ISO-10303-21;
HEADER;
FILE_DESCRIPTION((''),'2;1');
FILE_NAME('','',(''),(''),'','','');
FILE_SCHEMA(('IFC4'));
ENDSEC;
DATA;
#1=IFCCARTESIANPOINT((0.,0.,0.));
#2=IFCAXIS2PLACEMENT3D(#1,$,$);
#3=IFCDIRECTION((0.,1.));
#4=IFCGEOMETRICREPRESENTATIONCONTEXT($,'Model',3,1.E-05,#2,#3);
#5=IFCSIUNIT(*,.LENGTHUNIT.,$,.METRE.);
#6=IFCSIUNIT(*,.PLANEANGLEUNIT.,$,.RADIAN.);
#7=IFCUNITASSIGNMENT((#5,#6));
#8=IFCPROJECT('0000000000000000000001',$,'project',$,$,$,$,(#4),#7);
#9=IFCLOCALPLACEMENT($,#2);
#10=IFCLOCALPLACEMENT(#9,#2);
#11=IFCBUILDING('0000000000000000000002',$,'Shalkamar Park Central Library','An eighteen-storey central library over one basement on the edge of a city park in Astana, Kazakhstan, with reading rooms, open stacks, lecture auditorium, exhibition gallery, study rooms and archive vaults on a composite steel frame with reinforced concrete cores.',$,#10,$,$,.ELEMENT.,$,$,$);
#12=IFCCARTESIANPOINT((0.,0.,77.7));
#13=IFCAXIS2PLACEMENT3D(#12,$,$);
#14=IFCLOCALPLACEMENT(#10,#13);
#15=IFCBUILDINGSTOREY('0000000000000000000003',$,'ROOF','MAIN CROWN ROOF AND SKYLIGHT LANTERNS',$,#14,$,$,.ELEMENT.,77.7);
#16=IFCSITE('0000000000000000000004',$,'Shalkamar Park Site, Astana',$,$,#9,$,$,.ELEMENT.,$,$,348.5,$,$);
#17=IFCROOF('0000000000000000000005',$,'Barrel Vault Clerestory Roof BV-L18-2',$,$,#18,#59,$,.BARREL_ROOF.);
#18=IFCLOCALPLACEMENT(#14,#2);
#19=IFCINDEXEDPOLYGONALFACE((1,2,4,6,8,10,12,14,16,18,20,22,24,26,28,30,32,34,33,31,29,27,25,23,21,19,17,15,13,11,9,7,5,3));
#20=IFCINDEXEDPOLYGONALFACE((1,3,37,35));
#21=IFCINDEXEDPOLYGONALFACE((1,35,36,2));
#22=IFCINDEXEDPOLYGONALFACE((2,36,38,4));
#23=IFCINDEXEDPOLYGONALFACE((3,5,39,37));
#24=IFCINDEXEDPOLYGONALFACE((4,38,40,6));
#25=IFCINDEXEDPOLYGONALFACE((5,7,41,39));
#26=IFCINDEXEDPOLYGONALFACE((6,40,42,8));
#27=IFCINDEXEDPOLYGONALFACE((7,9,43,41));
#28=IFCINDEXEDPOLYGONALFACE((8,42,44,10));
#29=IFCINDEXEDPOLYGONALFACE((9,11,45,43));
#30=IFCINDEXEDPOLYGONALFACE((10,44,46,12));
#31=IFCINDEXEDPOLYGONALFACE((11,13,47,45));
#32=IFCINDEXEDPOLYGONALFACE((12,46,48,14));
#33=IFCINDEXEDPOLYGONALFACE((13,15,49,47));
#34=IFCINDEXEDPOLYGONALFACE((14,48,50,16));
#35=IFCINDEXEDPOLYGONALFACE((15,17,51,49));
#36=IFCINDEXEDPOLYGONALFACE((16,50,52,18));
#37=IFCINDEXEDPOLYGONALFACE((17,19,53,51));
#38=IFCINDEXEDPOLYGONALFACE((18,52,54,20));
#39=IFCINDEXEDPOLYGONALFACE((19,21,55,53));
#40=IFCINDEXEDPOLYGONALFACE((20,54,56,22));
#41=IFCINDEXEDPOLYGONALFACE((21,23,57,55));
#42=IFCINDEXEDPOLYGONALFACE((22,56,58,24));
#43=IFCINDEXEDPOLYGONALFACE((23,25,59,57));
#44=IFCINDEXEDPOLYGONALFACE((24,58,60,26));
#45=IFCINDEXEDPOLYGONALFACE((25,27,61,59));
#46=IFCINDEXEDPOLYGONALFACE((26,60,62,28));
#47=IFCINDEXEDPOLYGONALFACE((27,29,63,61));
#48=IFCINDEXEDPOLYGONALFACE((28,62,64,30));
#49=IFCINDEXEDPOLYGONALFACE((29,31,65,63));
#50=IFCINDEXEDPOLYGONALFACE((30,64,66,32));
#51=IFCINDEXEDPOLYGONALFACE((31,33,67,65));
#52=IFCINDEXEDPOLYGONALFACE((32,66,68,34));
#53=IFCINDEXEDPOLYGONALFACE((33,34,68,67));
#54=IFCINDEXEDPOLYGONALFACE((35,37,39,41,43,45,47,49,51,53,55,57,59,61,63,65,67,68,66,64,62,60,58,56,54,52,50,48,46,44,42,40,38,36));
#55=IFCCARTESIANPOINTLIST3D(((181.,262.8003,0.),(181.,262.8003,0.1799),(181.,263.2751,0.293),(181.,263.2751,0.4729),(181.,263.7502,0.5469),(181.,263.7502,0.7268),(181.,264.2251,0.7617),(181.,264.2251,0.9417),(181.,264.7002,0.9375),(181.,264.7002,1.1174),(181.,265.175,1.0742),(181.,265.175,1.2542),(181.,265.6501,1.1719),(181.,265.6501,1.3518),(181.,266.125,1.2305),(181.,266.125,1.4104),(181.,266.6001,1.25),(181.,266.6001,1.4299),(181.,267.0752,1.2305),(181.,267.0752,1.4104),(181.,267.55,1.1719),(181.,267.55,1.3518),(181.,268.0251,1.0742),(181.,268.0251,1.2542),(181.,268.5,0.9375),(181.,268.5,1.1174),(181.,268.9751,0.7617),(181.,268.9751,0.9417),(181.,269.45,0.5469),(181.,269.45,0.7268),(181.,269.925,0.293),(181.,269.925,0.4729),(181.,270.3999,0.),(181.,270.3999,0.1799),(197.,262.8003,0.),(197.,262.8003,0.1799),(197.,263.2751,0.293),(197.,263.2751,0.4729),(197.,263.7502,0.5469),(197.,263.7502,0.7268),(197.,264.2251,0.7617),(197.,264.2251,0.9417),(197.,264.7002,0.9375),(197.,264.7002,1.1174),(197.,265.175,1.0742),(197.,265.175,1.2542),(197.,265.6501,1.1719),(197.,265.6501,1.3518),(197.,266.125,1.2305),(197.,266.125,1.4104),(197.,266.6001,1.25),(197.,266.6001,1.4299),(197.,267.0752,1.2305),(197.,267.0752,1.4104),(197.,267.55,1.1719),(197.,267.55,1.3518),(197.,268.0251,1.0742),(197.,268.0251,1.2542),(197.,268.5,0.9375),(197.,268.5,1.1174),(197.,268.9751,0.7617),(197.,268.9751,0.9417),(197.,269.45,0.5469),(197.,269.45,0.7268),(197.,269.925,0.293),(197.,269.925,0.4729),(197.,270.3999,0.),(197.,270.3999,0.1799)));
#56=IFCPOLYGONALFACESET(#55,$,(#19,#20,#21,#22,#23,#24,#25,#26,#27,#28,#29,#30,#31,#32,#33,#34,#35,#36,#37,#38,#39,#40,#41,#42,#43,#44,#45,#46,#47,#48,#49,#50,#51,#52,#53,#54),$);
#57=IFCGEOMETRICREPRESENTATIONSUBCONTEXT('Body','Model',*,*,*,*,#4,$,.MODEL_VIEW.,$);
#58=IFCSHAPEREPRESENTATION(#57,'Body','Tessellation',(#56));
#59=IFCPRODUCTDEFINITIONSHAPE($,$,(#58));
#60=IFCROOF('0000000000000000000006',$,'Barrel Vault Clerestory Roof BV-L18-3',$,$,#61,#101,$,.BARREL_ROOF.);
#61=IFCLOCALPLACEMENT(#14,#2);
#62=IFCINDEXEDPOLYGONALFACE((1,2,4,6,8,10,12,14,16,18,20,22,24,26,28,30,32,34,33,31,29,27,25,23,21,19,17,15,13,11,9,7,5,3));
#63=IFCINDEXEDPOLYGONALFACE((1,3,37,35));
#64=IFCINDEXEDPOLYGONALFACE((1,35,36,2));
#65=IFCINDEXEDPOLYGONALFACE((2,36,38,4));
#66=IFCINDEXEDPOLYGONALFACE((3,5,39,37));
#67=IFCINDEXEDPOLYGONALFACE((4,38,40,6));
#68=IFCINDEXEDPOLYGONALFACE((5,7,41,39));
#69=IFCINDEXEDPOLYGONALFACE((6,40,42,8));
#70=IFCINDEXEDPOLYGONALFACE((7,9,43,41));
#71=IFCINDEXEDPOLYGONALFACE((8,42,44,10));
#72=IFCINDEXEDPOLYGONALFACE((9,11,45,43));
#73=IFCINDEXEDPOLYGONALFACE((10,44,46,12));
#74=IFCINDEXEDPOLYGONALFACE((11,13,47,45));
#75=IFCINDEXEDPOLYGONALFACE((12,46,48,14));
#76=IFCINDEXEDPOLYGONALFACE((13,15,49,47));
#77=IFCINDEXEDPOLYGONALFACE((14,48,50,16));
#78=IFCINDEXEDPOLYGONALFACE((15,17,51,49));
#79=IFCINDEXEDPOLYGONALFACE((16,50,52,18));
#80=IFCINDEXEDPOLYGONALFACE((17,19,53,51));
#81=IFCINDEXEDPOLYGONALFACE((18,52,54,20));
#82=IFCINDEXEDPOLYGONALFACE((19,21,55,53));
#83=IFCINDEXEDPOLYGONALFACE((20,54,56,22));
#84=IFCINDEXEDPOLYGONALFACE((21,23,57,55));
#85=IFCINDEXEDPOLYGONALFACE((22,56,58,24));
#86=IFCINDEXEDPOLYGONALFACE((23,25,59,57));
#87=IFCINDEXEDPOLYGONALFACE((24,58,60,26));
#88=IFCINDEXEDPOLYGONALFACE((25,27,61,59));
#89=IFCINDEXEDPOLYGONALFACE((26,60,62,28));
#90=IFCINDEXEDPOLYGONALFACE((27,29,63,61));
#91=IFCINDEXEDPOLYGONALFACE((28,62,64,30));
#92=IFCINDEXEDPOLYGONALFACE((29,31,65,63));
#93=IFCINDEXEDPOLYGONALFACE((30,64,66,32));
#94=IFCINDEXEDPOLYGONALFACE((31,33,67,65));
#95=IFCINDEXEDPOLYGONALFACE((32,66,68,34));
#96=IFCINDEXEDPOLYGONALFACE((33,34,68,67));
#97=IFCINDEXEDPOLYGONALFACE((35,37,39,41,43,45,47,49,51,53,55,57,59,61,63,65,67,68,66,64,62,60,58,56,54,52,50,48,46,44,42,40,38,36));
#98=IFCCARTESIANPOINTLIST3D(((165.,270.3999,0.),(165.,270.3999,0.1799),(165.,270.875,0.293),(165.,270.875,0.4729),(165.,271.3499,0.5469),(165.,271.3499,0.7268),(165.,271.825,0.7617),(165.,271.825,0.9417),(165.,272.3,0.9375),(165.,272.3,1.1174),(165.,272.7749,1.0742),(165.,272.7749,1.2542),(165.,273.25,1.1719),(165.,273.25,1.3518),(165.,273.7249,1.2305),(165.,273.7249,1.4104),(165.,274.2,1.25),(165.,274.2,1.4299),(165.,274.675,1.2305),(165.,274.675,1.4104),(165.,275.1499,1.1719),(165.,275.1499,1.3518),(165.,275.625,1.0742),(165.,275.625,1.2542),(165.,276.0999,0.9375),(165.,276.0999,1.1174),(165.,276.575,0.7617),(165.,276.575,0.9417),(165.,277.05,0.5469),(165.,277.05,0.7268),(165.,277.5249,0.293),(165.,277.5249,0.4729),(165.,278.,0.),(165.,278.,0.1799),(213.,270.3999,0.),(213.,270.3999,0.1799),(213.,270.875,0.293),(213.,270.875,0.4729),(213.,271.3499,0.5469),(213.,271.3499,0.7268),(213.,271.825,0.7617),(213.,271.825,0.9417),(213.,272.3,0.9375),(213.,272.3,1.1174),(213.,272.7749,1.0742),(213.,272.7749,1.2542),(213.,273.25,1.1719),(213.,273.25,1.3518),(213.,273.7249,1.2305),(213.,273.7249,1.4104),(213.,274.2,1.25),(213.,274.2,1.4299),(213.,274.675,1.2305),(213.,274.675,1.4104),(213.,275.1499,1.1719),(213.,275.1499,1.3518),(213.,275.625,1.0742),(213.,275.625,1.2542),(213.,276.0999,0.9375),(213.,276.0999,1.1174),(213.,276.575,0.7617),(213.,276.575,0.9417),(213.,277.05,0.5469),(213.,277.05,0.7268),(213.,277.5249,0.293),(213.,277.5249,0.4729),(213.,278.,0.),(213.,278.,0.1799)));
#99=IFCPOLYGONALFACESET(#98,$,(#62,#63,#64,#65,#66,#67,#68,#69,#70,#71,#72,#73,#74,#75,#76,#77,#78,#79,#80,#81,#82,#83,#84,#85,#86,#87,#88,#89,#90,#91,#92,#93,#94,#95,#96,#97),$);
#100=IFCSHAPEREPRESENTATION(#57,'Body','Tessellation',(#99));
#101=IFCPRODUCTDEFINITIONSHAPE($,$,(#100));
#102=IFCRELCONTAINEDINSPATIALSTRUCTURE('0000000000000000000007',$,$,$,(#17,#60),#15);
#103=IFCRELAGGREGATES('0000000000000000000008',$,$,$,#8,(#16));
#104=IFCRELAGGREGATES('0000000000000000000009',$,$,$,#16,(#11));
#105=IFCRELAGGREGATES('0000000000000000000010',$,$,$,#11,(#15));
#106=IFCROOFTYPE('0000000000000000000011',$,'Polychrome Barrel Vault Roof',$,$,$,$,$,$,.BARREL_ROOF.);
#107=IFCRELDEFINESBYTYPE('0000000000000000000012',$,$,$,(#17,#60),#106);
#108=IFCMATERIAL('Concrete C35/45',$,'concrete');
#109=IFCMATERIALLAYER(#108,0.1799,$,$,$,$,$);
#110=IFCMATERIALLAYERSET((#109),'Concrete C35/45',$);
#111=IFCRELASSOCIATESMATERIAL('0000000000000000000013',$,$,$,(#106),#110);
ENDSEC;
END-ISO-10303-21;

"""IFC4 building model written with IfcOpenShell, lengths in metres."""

from ifc_helpers import new_model, si_unit, direction, frame, origin, place, context, subcontext, project, spatial, polyline, outline, extrude, material, layer, layer_set, type_object, element, save


model = new_model("IFC4")

# Units and contexts
model_context = context("Model", 3, precision=1e-05, world=origin(), true_north=direction((0.0, 1.0)))
body_context = subcontext(model_context, "Body", "Model", "MODEL_VIEW")
ifc_project = project(units=[si_unit("LENGTHUNIT", "METRE"), si_unit("PLANEANGLEUNIT", "RADIAN")], contexts=[model_context])

# Site, building, storey
site_placement = place(None, origin())
site = spatial("IfcSite", under=ifc_project, at=site_placement, Name="Shalkamar Park Site, Astana", CompositionType="ELEMENT", RefElevation=348.5)
building_placement = place(site_placement, origin())
building = spatial("IfcBuilding", under=site, at=building_placement, Name="Shalkamar Park Central Library", Description="An eighteen-storey central library over one basement on the edge of a city park in Astana, Kazakhstan, with reading rooms, open stacks, lecture auditorium, exhibition gallery, study rooms and archive vaults on a composite steel frame with reinforced concrete cores.", CompositionType="ELEMENT")
storey_placement = place(building_placement, frame((0.0, 0.0, 77.7)))
storey = spatial("IfcBuildingStorey", under=building, at=storey_placement, Name="ROOF", Description="MAIN CROWN ROOF AND SKYLIGHT LANTERNS", CompositionType="ELEMENT", Elevation=77.7)

# Roofs
ifc_material_1 = material(Name="Concrete C35/45", Category="concrete")
ifc_layer = layer(ifc_material_1, 0.1799)
ifc_layer_set = layer_set([ifc_layer], Name="Concrete C35/45")
roof_type = type_object("IfcRoofType", Name="Polychrome Barrel Vault Roof", PredefinedType="BARREL_ROOF", material=ifc_layer_set)
roof_1_placement = place(storey_placement, frame((181.0, 266.6001, 0.0), z_axis=(0.0, 0.0, 1.0), x_axis=(1.0, 0.0, 0.0)))
element("IfcRoof", 1, at=roof_1_placement, inside=storey, type_object=roof_type, Name="Barrel Vault Clerestory Roof BV-L18-2", PredefinedType="BARREL_ROOF", context=body_context, shape_type="SweptSolid", body=[
    extrude(outline(polyline([(-3.7998, 0.1799), (-3.325, 0.4729), (-2.8499, 0.7268), (-2.375, 0.9417), (-1.8999, 1.1174), (-1.425, 1.2542), (-0.95, 1.3518), (-0.4751, 1.4104), (0.0, 1.4299), (0.4751, 1.4104), (0.95, 1.3518), (1.425, 1.2542), (1.8999, 1.1174), (2.375, 0.9417), (2.8499, 0.7268), (3.325, 0.4729), (3.7998, 0.1799), (3.7998, 0.0), (3.325, 0.293), (2.8499, 0.5469), (2.375, 0.7617), (1.8999, 0.9375), (1.425, 1.0742), (0.95, 1.1719), (0.4751, 1.2305), (0.0, 1.25), (-0.4751, 1.2305), (-0.95, 1.1719), (-1.425, 1.0742), (-1.8999, 0.9375), (-2.375, 0.7617), (-2.8499, 0.5469), (-3.325, 0.293), (-3.7998, 0.0), (-3.7998, 0.1799)])), frame((0.0, 0.0, 0.0), z_axis=(1.0, 0.0, 0.0), x_axis=(0.0, 1.0, 0.0)), (0.0, 0.0, 1.0), 16.0),
])
roof_2_placement = place(storey_placement, frame((165.0, 274.2, 0.0), z_axis=(0.0, 0.0, 1.0), x_axis=(1.0, 0.0, 0.0)))
element("IfcRoof", 2, at=roof_2_placement, inside=storey, type_object=roof_type, Name="Barrel Vault Clerestory Roof BV-L18-3", PredefinedType="BARREL_ROOF", context=body_context, shape_type="SweptSolid", body=[
    extrude(outline(polyline([(-3.8, 0.1799), (-3.325, 0.4729), (-2.8501, 0.7268), (-2.375, 0.9417), (-1.8999, 1.1174), (-1.425, 1.2542), (-0.95, 1.3518), (-0.4751, 1.4104), (0.0, 1.4299), (0.4751, 1.4104), (0.95, 1.3518), (1.425, 1.2542), (1.8999, 1.1174), (2.375, 0.9417), (2.8501, 0.7268), (3.325, 0.4729), (3.8, 0.1799), (3.8, 0.0), (3.325, 0.293), (2.8501, 0.5469), (2.375, 0.7617), (1.8999, 0.9375), (1.425, 1.0742), (0.95, 1.1719), (0.4751, 1.2305), (0.0, 1.25), (-0.4751, 1.2305), (-0.95, 1.1719), (-1.425, 1.0742), (-1.8999, 0.9375), (-2.375, 0.7617), (-2.8501, 0.5469), (-3.325, 0.293), (-3.8, 0.0), (-3.8, 0.1799)])), frame((0.0, 0.0, 0.0), z_axis=(1.0, 0.0, 0.0), x_axis=(0.0, 1.0, 0.0)), (0.0, 0.0, 1.0), 48.0),
])

save(model, "model.ifc")
